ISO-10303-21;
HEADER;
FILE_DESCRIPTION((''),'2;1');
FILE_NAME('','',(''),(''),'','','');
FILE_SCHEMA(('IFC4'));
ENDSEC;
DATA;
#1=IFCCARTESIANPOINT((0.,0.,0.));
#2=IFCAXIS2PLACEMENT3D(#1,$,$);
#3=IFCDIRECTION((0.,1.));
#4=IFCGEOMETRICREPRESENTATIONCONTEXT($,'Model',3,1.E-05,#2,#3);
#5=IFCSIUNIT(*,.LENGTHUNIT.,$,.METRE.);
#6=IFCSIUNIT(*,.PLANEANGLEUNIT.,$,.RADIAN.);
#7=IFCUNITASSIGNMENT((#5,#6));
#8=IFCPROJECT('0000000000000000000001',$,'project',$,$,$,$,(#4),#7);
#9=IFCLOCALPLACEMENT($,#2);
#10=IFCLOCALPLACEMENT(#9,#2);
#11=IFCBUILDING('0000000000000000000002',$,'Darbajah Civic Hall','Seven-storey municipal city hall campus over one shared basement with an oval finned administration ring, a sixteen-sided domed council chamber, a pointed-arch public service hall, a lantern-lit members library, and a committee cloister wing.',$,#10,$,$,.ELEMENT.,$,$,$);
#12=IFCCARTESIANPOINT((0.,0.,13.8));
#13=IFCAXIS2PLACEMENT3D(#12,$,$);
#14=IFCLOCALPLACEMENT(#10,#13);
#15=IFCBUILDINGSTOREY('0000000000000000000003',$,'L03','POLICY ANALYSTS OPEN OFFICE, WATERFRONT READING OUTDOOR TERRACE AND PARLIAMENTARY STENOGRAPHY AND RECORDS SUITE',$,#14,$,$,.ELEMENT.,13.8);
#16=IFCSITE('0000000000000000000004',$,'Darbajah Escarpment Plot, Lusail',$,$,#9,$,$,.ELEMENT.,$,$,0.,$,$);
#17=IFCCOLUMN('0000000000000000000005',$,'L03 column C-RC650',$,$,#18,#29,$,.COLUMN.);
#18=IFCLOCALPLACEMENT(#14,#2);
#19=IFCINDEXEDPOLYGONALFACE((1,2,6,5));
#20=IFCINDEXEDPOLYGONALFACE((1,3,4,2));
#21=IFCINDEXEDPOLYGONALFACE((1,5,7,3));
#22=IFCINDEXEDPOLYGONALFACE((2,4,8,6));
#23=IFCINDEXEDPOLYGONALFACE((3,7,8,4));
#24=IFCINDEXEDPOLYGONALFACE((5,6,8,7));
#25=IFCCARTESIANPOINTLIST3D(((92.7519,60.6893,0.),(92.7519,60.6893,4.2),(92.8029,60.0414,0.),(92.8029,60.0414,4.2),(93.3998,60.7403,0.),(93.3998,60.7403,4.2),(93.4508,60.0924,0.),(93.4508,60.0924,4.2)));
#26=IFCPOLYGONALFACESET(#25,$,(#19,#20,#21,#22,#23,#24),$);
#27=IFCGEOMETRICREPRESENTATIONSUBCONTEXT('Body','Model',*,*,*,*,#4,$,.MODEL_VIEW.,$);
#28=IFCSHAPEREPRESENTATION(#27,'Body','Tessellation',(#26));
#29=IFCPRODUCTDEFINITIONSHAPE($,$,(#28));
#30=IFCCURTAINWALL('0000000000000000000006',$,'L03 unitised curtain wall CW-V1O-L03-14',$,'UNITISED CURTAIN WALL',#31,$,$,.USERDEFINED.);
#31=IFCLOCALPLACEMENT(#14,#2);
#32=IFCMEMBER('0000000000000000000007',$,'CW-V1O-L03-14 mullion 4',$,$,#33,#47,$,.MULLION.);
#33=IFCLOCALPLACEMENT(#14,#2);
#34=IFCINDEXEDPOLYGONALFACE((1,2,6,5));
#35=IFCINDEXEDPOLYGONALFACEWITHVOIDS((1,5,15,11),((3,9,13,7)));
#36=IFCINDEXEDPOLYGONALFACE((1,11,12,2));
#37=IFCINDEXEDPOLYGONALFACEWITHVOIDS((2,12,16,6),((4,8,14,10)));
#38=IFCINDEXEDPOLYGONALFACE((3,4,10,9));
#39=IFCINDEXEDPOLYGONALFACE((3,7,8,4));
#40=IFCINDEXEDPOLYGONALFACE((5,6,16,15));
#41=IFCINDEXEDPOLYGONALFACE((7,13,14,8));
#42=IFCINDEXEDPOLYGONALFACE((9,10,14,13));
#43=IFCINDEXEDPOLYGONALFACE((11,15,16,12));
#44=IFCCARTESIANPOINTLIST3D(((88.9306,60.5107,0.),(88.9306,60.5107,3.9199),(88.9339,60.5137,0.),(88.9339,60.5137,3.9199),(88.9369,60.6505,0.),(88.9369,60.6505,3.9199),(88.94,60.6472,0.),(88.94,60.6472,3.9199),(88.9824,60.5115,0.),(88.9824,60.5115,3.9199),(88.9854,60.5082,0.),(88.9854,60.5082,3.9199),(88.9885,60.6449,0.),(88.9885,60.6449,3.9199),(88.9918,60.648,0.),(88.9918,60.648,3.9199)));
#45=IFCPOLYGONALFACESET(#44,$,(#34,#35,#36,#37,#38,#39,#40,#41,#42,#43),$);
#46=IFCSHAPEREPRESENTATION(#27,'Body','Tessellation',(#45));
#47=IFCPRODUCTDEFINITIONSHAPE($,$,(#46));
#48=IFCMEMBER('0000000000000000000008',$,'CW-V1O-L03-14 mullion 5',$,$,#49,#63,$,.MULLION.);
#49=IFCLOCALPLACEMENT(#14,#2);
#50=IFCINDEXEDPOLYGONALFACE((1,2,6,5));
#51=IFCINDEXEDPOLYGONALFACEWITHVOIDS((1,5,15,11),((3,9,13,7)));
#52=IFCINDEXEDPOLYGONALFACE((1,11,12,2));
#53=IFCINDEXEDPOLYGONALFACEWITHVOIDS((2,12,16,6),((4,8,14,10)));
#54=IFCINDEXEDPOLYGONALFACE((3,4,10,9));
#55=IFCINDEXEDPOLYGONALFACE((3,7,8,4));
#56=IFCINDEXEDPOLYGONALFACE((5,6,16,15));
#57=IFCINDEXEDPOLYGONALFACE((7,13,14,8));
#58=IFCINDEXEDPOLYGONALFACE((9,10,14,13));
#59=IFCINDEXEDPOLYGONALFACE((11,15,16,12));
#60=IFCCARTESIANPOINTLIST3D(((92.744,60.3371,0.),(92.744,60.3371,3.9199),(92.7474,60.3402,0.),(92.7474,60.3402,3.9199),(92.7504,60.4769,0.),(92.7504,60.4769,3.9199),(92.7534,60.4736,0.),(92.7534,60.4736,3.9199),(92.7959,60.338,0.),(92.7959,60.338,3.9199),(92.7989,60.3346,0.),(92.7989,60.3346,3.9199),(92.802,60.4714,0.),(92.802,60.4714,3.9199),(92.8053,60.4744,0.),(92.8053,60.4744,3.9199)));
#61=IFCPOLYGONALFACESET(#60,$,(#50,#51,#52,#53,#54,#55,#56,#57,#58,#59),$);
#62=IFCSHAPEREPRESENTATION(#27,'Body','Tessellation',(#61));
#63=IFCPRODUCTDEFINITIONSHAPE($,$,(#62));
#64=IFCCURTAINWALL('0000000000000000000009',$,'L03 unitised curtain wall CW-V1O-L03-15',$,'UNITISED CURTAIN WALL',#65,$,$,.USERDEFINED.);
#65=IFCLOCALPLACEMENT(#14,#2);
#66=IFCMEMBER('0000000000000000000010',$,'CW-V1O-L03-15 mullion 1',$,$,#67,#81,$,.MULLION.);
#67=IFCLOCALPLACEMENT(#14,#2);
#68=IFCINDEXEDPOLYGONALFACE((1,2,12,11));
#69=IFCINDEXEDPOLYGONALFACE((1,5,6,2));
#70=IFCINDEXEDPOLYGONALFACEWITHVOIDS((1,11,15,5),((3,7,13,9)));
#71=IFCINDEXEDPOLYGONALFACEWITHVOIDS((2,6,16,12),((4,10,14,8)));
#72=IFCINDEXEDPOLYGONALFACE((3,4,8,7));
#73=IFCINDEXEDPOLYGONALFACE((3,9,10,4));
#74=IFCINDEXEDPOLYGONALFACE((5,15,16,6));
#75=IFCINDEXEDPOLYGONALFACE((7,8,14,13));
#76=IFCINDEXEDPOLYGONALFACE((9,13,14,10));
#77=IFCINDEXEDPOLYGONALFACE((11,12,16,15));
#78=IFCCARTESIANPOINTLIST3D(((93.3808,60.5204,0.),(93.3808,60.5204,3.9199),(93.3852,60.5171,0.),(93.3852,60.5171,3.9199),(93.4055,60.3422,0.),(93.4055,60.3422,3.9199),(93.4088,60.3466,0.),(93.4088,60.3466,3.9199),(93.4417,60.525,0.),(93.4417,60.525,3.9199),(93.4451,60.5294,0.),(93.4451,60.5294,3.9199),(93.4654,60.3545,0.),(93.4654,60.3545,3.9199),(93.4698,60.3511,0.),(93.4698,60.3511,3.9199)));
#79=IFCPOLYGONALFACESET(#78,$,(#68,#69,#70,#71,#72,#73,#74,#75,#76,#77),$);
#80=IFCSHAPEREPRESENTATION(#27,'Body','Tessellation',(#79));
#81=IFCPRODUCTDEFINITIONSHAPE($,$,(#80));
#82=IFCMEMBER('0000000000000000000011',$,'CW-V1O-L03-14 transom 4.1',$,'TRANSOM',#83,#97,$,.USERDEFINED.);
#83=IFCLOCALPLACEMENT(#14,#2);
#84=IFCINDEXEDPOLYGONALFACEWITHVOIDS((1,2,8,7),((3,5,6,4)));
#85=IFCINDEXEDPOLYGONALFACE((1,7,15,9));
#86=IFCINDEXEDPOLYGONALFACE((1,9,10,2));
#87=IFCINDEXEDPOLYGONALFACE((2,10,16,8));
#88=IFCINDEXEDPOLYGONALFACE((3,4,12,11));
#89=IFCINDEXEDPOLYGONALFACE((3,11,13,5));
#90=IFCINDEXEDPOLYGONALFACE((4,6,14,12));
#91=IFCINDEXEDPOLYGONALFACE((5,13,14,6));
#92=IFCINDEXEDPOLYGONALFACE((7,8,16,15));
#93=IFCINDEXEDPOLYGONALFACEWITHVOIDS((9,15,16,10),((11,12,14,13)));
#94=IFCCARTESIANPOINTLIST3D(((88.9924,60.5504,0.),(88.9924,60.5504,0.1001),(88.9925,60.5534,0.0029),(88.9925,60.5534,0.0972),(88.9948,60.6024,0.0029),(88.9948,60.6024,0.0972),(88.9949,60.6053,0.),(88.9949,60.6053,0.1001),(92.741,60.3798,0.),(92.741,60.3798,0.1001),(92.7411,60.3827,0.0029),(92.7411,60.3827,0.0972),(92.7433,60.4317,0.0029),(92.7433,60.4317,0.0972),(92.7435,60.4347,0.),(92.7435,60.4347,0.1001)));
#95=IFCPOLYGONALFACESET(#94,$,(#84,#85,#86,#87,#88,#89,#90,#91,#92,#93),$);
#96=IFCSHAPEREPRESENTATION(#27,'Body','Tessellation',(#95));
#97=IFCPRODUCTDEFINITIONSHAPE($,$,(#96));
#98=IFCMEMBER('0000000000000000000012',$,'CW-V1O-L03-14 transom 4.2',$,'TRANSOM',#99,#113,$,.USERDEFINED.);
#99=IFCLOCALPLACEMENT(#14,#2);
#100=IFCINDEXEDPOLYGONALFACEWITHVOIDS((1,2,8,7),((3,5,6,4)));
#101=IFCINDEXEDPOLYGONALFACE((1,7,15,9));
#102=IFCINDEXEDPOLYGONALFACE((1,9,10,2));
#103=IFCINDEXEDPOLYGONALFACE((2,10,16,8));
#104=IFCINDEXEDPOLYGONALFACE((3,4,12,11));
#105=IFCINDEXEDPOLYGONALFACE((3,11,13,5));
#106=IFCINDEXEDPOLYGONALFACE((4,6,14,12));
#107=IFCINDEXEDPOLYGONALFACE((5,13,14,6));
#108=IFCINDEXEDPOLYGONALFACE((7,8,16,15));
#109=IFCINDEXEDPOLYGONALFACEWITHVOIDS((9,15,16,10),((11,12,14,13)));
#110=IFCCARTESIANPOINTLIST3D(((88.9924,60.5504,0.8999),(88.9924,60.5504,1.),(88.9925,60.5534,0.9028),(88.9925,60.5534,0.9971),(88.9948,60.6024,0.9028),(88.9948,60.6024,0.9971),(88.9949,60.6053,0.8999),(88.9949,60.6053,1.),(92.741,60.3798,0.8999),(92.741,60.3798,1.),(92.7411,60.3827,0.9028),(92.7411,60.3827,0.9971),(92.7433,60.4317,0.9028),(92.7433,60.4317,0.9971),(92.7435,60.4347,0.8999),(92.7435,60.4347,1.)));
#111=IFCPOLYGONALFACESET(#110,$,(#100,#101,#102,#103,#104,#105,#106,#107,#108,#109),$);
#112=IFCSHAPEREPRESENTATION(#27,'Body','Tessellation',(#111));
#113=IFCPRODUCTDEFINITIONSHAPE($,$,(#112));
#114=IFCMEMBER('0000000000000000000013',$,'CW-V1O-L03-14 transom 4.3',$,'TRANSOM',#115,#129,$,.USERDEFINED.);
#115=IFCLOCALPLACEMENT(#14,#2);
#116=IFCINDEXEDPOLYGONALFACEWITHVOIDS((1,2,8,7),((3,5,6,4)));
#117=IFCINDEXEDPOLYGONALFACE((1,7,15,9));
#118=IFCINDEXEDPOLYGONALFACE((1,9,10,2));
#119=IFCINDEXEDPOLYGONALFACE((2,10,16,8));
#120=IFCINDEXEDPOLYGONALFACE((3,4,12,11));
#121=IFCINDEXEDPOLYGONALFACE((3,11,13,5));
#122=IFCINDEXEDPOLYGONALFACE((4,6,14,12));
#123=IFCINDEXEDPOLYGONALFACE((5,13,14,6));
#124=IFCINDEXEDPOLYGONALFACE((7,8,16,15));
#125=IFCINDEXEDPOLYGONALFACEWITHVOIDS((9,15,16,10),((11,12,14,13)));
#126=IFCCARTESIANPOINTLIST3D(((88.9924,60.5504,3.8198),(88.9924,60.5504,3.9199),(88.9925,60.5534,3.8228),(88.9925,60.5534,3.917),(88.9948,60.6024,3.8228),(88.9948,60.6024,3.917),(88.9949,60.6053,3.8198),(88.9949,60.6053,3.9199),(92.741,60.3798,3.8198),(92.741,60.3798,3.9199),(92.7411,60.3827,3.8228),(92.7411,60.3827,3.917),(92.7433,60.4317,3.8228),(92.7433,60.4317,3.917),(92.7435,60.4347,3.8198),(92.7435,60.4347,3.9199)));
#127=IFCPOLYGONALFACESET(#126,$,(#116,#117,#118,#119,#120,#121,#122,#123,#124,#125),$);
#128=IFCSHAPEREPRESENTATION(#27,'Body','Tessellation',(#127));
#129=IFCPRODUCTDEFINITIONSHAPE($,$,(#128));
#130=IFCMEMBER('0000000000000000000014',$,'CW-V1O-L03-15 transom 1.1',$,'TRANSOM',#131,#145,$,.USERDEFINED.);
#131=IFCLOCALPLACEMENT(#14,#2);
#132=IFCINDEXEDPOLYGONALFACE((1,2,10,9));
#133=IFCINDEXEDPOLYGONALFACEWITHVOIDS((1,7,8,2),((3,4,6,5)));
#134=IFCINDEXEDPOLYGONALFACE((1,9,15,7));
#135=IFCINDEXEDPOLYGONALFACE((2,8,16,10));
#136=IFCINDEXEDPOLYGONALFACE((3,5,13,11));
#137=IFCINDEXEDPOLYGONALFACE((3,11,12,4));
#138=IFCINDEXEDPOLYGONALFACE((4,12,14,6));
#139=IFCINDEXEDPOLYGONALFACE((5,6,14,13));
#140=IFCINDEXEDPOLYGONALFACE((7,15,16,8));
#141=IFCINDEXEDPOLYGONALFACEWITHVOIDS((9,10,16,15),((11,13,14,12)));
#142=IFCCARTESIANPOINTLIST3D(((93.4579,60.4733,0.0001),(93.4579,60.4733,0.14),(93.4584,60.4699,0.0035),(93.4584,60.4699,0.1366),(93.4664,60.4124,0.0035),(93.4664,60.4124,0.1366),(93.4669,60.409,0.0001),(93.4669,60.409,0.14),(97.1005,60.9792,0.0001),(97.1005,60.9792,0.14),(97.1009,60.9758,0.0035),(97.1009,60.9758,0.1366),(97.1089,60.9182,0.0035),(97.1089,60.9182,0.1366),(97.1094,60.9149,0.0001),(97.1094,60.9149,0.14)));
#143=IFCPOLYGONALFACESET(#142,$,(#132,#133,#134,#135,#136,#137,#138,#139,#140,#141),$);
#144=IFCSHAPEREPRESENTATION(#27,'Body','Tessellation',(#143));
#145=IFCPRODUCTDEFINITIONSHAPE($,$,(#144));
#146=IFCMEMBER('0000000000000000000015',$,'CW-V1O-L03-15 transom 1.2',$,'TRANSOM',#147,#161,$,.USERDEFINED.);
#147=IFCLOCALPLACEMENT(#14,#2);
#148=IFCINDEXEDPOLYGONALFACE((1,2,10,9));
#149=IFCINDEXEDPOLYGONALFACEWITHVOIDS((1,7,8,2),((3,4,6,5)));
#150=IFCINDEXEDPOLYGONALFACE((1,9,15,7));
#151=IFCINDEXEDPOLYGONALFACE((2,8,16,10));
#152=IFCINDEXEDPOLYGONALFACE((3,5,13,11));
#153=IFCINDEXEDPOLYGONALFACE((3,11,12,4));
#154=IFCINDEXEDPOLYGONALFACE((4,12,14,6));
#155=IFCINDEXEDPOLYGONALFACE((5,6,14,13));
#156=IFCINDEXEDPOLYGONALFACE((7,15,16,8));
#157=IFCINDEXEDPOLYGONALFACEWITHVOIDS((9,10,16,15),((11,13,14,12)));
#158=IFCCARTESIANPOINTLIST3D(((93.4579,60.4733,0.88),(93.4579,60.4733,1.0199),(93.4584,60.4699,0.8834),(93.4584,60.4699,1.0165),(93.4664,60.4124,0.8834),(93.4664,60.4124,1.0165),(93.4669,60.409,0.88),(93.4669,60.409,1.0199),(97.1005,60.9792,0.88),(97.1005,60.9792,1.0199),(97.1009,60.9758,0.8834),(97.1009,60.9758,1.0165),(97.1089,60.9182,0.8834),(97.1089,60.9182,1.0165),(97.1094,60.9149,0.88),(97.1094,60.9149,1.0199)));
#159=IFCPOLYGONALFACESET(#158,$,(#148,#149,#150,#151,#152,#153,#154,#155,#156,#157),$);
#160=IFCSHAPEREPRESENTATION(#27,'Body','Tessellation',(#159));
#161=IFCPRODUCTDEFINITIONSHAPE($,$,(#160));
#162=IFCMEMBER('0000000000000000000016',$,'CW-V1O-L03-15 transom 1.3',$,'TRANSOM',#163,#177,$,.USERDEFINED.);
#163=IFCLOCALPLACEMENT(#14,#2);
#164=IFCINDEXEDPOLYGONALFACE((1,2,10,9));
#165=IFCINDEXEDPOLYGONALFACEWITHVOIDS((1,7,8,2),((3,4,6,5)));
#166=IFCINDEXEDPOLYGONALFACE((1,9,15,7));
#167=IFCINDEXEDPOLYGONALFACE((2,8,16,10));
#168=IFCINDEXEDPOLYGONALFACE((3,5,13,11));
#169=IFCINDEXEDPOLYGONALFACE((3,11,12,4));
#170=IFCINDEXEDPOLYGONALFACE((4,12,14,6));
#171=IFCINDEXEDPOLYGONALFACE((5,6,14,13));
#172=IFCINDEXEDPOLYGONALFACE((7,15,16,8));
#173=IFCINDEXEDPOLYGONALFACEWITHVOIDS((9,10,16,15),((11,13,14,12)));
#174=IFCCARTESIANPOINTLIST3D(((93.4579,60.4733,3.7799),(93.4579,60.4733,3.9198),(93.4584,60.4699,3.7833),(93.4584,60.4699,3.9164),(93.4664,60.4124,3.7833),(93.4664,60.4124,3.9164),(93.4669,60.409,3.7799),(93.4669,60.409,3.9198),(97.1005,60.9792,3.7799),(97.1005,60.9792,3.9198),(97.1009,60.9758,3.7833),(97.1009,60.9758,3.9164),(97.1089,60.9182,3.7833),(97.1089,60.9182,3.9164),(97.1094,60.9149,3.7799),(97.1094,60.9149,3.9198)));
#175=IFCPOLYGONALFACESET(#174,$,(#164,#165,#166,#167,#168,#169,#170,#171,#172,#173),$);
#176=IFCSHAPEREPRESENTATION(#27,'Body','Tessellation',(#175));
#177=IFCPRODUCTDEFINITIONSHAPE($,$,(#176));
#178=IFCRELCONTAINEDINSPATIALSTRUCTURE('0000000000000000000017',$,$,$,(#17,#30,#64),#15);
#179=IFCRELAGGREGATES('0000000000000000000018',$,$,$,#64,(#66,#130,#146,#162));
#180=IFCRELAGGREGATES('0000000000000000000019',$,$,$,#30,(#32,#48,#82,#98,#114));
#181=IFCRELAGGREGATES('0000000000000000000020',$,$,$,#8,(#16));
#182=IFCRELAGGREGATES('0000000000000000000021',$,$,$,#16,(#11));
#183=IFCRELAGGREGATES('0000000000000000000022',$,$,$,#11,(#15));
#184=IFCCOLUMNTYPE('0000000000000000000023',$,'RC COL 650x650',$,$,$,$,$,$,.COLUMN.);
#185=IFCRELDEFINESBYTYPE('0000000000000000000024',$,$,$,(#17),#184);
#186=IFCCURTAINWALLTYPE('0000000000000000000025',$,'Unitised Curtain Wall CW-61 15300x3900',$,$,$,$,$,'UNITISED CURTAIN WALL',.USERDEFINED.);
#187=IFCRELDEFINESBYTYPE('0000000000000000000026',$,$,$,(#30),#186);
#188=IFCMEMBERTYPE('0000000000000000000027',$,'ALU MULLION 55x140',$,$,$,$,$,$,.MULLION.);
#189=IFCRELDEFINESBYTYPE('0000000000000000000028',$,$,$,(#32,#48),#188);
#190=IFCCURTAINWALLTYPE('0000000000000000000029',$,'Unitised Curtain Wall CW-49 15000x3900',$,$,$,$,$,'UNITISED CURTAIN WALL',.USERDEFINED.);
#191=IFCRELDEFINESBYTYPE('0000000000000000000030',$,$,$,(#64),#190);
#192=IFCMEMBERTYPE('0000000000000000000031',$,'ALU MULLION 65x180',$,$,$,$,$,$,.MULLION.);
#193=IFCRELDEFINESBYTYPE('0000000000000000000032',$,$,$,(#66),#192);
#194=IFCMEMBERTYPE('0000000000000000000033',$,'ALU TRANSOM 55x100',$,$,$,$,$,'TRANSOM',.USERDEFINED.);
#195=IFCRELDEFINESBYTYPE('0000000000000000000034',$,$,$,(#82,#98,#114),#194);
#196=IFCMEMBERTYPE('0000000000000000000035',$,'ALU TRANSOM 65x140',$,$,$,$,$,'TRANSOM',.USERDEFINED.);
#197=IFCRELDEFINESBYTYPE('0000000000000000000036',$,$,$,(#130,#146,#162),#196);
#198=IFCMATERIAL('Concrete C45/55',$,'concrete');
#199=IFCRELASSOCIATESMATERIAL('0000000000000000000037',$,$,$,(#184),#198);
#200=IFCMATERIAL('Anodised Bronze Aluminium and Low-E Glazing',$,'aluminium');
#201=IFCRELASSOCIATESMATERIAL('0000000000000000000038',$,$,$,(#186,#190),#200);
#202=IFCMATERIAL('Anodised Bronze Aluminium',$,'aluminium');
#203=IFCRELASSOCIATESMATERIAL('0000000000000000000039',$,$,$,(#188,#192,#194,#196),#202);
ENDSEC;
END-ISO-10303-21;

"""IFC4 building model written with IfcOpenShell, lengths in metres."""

from ifc_helpers import new_model, si_unit, direction, frame, origin, origin_2d, place, context, subcontext, project, spatial, rectangle, hollow_rectangle, extrude, material, material_profile, profile_set, type_object, element, aggregate, save


model = new_model("IFC4")

# Units and contexts
model_context = context("Model", 3, precision=1e-05, world=origin(), true_north=direction((0.0, 1.0)))
body_context = subcontext(model_context, "Body", "Model", "MODEL_VIEW")
ifc_project = project(units=[si_unit("LENGTHUNIT", "METRE"), si_unit("PLANEANGLEUNIT", "RADIAN")], contexts=[model_context])

# Site, building, storey
site_placement = place(None, origin())
site = spatial("IfcSite", under=ifc_project, at=site_placement, Name="Darbajah Escarpment Plot, Lusail", CompositionType="ELEMENT", RefElevation=0.0)
building_placement = place(site_placement, origin())
building = spatial("IfcBuilding", under=site, at=building_placement, Name="Darbajah Civic Hall", Description="Seven-storey municipal city hall campus over one shared basement with an oval finned administration ring, a sixteen-sided domed council chamber, a pointed-arch public service hall, a lantern-lit members library, and a committee cloister wing.", CompositionType="ELEMENT")
storey_placement = place(building_placement, frame((0.0, 0.0, 13.8)))
storey = spatial("IfcBuildingStorey", under=building, at=storey_placement, Name="L03", Description="POLICY ANALYSTS OPEN OFFICE, WATERFRONT READING OUTDOOR TERRACE AND PARLIAMENTARY STENOGRAPHY AND RECORDS SUITE", CompositionType="ELEMENT", Elevation=13.8)

# Column
ifc_material_1 = material(Name="Concrete C45/55", Category="concrete")
ifc_material_profile_1 = material_profile(ifc_material_1, rectangle(XDim=0.6499, YDim=0.6499, at=origin_2d()), Name="RC COL 650x650")
ifc_profile_set_1 = profile_set([ifc_material_profile_1], Name="Concrete C45/55")
column_type = type_object("IfcColumnType", Name="RC COL 650x650", PredefinedType="COLUMN", material=ifc_profile_set_1)
column_placement = place(storey_placement, frame((93.1013, 60.3909, 0.0), z_axis=(0.0, 0.0, 1.0), x_axis=(0.078459, -0.996917, 0.0)))
element("IfcColumn", 1, at=column_placement, inside=storey, type_object=column_type, Name="L03 column C-RC650", PredefinedType="COLUMN", context=body_context, shape_type="SweptSolid", body=[
    extrude(rectangle(XDim=0.6499, YDim=0.6499, at=origin_2d()), origin(), (0.0, 0.0, 1.0), 4.2),
])

# Curtain wall, members
ifc_material_2 = material(Name="Anodised Bronze Aluminium and Low-E Glazing", Category="aluminium")
curtain_wall_type_1 = type_object("IfcCurtainWallType", Name="Unitised Curtain Wall CW-61 15300x3900", ElementType="UNITISED CURTAIN WALL", PredefinedType="USERDEFINED", material=ifc_material_2)
curtain_wall_1_placement = place(storey_placement, origin())
curtain_wall_1 = element("IfcCurtainWall", 2, at=curtain_wall_1_placement, inside=storey, type_object=curtain_wall_type_1, Name="L03 unitised curtain wall CW-V1O-L03-14", ObjectType="UNITISED CURTAIN WALL", PredefinedType="USERDEFINED")
ifc_material_3 = material(Name="Anodised Bronze Aluminium", Category="aluminium")
ifc_material_profile_2 = material_profile(ifc_material_3, hollow_rectangle(XDim=0.0549, YDim=0.1399, WallThickness=0.0032, at=origin_2d()), Name="ALU MULLION 55x140")
ifc_profile_set_2 = profile_set([ifc_material_profile_2], Name="Anodised Bronze Aluminium")
member_type_1 = type_object("IfcMemberType", Name="ALU MULLION 55x140", PredefinedType="MULLION", material=ifc_profile_set_2)
member_1_placement = place(storey_placement, frame((88.9612, 60.5793, 0.0), z_axis=(0.0, 0.0, 1.0), x_axis=(0.998963, -0.045537, 0.0)))
member_1 = element("IfcMember", 3, at=member_1_placement, type_object=member_type_1, Name="CW-V1O-L03-14 mullion 4", PredefinedType="MULLION", context=body_context, shape_type="SweptSolid", body=[
    extrude(hollow_rectangle(XDim=0.0549, YDim=0.1399, WallThickness=0.0032, at=origin_2d()), origin(), (0.0, 0.0, 1.0), 3.9199),
])
member_2_placement = place(storey_placement, frame((92.7747, 60.4058, 0.0), z_axis=(0.0, 0.0, 1.0), x_axis=(0.998963, -0.045537, 0.0)))
member_2 = element("IfcMember", 4, at=member_2_placement, type_object=member_type_1, Name="CW-V1O-L03-14 mullion 5", PredefinedType="MULLION", context=body_context, shape_type="SweptSolid", body=[
    extrude(hollow_rectangle(XDim=0.0549, YDim=0.1399, WallThickness=0.0032, at=origin_2d()), origin(), (0.0, 0.0, 1.0), 3.9199),
])

# Curtain wall, member
curtain_wall_type_2 = type_object("IfcCurtainWallType", Name="Unitised Curtain Wall CW-49 15000x3900", ElementType="UNITISED CURTAIN WALL", PredefinedType="USERDEFINED", material=ifc_material_2)
curtain_wall_2_placement = place(storey_placement, origin())
curtain_wall_2 = element("IfcCurtainWall", 5, at=curtain_wall_2_placement, inside=storey, type_object=curtain_wall_type_2, Name="L03 unitised curtain wall CW-V1O-L03-15", ObjectType="UNITISED CURTAIN WALL", PredefinedType="USERDEFINED")
ifc_material_profile_3 = material_profile(ifc_material_3, hollow_rectangle(XDim=0.0649, YDim=0.1799, WallThickness=0.0039, at=origin_2d()), Name="ALU MULLION 65x180")
ifc_profile_set_3 = profile_set([ifc_material_profile_3], Name="Anodised Bronze Aluminium")
member_type_2 = type_object("IfcMemberType", Name="ALU MULLION 65x180", PredefinedType="MULLION", material=ifc_profile_set_3)
member_3_placement = place(storey_placement, frame((93.4253, 60.4358, 0.0), z_axis=(0.0, 0.0, 1.0), x_axis=(0.990485, 0.137617, 0.0)))
member_3 = element("IfcMember", 6, at=member_3_placement, type_object=member_type_2, Name="CW-V1O-L03-15 mullion 1", PredefinedType="MULLION", context=body_context, shape_type="SweptSolid", body=[
    extrude(hollow_rectangle(XDim=0.0649, YDim=0.1799, WallThickness=0.0039, at=origin_2d()), origin(), (0.0, 0.0, 1.0), 3.9199),
])

# Members
ifc_material_profile_4 = material_profile(ifc_material_3, hollow_rectangle(XDim=0.0549, YDim=0.1001, WallThickness=0.0029, at=origin_2d()), Name="ALU TRANSOM 55x100")
ifc_profile_set_4 = profile_set([ifc_material_profile_4], Name="Anodised Bronze Aluminium")
member_type_3 = type_object("IfcMemberType", Name="ALU TRANSOM 55x100", ElementType="TRANSOM", PredefinedType="USERDEFINED", material=ifc_profile_set_4)
member_4_placement = place(storey_placement, frame((88.9937, 60.5779, 0.05), z_axis=(0.998965, -0.045478, 0.0), x_axis=(0.045478, 0.998965, 0.0)))
member_4 = element("IfcMember", 7, at=member_4_placement, type_object=member_type_3, Name="CW-V1O-L03-14 transom 4.1", ObjectType="TRANSOM", PredefinedType="USERDEFINED", context=body_context, shape_type="SweptSolid", body=[
    extrude(hollow_rectangle(XDim=0.0549, YDim=0.1001, WallThickness=0.0029, at=origin_2d()), origin(), (0.0, 0.0, 1.0), 3.7524),
])
member_5_placement = place(storey_placement, frame((88.9937, 60.5779, 0.95), z_axis=(0.998965, -0.045478, 0.0), x_axis=(0.045478, 0.998965, 0.0)))
member_5 = element("IfcMember", 8, at=member_5_placement, type_object=member_type_3, Name="CW-V1O-L03-14 transom 4.2", ObjectType="TRANSOM", PredefinedType="USERDEFINED", context=body_context, shape_type="SweptSolid", body=[
    extrude(hollow_rectangle(XDim=0.0549, YDim=0.1001, WallThickness=0.0029, at=origin_2d()), origin(), (0.0, 0.0, 1.0), 3.7524),
])
member_6_placement = place(storey_placement, frame((88.9937, 60.5779, 3.8699), z_axis=(0.998965, -0.045478, 0.0), x_axis=(0.045478, 0.998965, 0.0)))
member_6 = element("IfcMember", 9, at=member_6_placement, type_object=member_type_3, Name="CW-V1O-L03-14 transom 4.3", ObjectType="TRANSOM", PredefinedType="USERDEFINED", context=body_context, shape_type="SweptSolid", body=[
    extrude(hollow_rectangle(XDim=0.0549, YDim=0.1001, WallThickness=0.0029, at=origin_2d()), origin(), (0.0, 0.0, 1.0), 3.7524),
])
ifc_material_profile_5 = material_profile(ifc_material_3, hollow_rectangle(XDim=0.0649, YDim=0.1399, WallThickness=0.0034, at=origin_2d()), Name="ALU TRANSOM 65x140")
ifc_profile_set_5 = profile_set([ifc_material_profile_5], Name="Anodised Bronze Aluminium")
member_type_4 = type_object("IfcMemberType", Name="ALU TRANSOM 65x140", ElementType="TRANSOM", PredefinedType="USERDEFINED", material=ifc_profile_set_5)
member_7_placement = place(storey_placement, frame((93.4624, 60.4412, 0.0701), z_axis=(0.990494, 0.137554, 0.0), x_axis=(-0.137554, 0.990494, 0.0)))
member_7 = element("IfcMember", 10, at=member_7_placement, type_object=member_type_4, Name="CW-V1O-L03-15 transom 1.1", ObjectType="TRANSOM", PredefinedType="USERDEFINED", context=body_context, shape_type="SweptSolid", body=[
    extrude(hollow_rectangle(XDim=0.0649, YDim=0.1399, WallThickness=0.0034, at=origin_2d()), origin(), (0.0, 0.0, 1.0), 3.6775),
])
member_8_placement = place(storey_placement, frame((93.4624, 60.4412, 0.95), z_axis=(0.990494, 0.137554, 0.0), x_axis=(-0.137554, 0.990494, 0.0)))
member_8 = element("IfcMember", 11, at=member_8_placement, type_object=member_type_4, Name="CW-V1O-L03-15 transom 1.2", ObjectType="TRANSOM", PredefinedType="USERDEFINED", context=body_context, shape_type="SweptSolid", body=[
    extrude(hollow_rectangle(XDim=0.0649, YDim=0.1399, WallThickness=0.0034, at=origin_2d()), origin(), (0.0, 0.0, 1.0), 3.6775),
])
member_9_placement = place(storey_placement, frame((93.4624, 60.4412, 3.8499), z_axis=(0.990494, 0.137554, 0.0), x_axis=(-0.137554, 0.990494, 0.0)))
member_9 = element("IfcMember", 12, at=member_9_placement, type_object=member_type_4, Name="CW-V1O-L03-15 transom 1.3", ObjectType="TRANSOM", PredefinedType="USERDEFINED", context=body_context, shape_type="SweptSolid", body=[
    extrude(hollow_rectangle(XDim=0.0649, YDim=0.1399, WallThickness=0.0034, at=origin_2d()), origin(), (0.0, 0.0, 1.0), 3.6775),
])
aggregate(curtain_wall_2, [member_3, member_7, member_8, member_9])

aggregate(curtain_wall_1, [member_1, member_2, member_4, member_5, member_6])

save(model, "model.ifc")
